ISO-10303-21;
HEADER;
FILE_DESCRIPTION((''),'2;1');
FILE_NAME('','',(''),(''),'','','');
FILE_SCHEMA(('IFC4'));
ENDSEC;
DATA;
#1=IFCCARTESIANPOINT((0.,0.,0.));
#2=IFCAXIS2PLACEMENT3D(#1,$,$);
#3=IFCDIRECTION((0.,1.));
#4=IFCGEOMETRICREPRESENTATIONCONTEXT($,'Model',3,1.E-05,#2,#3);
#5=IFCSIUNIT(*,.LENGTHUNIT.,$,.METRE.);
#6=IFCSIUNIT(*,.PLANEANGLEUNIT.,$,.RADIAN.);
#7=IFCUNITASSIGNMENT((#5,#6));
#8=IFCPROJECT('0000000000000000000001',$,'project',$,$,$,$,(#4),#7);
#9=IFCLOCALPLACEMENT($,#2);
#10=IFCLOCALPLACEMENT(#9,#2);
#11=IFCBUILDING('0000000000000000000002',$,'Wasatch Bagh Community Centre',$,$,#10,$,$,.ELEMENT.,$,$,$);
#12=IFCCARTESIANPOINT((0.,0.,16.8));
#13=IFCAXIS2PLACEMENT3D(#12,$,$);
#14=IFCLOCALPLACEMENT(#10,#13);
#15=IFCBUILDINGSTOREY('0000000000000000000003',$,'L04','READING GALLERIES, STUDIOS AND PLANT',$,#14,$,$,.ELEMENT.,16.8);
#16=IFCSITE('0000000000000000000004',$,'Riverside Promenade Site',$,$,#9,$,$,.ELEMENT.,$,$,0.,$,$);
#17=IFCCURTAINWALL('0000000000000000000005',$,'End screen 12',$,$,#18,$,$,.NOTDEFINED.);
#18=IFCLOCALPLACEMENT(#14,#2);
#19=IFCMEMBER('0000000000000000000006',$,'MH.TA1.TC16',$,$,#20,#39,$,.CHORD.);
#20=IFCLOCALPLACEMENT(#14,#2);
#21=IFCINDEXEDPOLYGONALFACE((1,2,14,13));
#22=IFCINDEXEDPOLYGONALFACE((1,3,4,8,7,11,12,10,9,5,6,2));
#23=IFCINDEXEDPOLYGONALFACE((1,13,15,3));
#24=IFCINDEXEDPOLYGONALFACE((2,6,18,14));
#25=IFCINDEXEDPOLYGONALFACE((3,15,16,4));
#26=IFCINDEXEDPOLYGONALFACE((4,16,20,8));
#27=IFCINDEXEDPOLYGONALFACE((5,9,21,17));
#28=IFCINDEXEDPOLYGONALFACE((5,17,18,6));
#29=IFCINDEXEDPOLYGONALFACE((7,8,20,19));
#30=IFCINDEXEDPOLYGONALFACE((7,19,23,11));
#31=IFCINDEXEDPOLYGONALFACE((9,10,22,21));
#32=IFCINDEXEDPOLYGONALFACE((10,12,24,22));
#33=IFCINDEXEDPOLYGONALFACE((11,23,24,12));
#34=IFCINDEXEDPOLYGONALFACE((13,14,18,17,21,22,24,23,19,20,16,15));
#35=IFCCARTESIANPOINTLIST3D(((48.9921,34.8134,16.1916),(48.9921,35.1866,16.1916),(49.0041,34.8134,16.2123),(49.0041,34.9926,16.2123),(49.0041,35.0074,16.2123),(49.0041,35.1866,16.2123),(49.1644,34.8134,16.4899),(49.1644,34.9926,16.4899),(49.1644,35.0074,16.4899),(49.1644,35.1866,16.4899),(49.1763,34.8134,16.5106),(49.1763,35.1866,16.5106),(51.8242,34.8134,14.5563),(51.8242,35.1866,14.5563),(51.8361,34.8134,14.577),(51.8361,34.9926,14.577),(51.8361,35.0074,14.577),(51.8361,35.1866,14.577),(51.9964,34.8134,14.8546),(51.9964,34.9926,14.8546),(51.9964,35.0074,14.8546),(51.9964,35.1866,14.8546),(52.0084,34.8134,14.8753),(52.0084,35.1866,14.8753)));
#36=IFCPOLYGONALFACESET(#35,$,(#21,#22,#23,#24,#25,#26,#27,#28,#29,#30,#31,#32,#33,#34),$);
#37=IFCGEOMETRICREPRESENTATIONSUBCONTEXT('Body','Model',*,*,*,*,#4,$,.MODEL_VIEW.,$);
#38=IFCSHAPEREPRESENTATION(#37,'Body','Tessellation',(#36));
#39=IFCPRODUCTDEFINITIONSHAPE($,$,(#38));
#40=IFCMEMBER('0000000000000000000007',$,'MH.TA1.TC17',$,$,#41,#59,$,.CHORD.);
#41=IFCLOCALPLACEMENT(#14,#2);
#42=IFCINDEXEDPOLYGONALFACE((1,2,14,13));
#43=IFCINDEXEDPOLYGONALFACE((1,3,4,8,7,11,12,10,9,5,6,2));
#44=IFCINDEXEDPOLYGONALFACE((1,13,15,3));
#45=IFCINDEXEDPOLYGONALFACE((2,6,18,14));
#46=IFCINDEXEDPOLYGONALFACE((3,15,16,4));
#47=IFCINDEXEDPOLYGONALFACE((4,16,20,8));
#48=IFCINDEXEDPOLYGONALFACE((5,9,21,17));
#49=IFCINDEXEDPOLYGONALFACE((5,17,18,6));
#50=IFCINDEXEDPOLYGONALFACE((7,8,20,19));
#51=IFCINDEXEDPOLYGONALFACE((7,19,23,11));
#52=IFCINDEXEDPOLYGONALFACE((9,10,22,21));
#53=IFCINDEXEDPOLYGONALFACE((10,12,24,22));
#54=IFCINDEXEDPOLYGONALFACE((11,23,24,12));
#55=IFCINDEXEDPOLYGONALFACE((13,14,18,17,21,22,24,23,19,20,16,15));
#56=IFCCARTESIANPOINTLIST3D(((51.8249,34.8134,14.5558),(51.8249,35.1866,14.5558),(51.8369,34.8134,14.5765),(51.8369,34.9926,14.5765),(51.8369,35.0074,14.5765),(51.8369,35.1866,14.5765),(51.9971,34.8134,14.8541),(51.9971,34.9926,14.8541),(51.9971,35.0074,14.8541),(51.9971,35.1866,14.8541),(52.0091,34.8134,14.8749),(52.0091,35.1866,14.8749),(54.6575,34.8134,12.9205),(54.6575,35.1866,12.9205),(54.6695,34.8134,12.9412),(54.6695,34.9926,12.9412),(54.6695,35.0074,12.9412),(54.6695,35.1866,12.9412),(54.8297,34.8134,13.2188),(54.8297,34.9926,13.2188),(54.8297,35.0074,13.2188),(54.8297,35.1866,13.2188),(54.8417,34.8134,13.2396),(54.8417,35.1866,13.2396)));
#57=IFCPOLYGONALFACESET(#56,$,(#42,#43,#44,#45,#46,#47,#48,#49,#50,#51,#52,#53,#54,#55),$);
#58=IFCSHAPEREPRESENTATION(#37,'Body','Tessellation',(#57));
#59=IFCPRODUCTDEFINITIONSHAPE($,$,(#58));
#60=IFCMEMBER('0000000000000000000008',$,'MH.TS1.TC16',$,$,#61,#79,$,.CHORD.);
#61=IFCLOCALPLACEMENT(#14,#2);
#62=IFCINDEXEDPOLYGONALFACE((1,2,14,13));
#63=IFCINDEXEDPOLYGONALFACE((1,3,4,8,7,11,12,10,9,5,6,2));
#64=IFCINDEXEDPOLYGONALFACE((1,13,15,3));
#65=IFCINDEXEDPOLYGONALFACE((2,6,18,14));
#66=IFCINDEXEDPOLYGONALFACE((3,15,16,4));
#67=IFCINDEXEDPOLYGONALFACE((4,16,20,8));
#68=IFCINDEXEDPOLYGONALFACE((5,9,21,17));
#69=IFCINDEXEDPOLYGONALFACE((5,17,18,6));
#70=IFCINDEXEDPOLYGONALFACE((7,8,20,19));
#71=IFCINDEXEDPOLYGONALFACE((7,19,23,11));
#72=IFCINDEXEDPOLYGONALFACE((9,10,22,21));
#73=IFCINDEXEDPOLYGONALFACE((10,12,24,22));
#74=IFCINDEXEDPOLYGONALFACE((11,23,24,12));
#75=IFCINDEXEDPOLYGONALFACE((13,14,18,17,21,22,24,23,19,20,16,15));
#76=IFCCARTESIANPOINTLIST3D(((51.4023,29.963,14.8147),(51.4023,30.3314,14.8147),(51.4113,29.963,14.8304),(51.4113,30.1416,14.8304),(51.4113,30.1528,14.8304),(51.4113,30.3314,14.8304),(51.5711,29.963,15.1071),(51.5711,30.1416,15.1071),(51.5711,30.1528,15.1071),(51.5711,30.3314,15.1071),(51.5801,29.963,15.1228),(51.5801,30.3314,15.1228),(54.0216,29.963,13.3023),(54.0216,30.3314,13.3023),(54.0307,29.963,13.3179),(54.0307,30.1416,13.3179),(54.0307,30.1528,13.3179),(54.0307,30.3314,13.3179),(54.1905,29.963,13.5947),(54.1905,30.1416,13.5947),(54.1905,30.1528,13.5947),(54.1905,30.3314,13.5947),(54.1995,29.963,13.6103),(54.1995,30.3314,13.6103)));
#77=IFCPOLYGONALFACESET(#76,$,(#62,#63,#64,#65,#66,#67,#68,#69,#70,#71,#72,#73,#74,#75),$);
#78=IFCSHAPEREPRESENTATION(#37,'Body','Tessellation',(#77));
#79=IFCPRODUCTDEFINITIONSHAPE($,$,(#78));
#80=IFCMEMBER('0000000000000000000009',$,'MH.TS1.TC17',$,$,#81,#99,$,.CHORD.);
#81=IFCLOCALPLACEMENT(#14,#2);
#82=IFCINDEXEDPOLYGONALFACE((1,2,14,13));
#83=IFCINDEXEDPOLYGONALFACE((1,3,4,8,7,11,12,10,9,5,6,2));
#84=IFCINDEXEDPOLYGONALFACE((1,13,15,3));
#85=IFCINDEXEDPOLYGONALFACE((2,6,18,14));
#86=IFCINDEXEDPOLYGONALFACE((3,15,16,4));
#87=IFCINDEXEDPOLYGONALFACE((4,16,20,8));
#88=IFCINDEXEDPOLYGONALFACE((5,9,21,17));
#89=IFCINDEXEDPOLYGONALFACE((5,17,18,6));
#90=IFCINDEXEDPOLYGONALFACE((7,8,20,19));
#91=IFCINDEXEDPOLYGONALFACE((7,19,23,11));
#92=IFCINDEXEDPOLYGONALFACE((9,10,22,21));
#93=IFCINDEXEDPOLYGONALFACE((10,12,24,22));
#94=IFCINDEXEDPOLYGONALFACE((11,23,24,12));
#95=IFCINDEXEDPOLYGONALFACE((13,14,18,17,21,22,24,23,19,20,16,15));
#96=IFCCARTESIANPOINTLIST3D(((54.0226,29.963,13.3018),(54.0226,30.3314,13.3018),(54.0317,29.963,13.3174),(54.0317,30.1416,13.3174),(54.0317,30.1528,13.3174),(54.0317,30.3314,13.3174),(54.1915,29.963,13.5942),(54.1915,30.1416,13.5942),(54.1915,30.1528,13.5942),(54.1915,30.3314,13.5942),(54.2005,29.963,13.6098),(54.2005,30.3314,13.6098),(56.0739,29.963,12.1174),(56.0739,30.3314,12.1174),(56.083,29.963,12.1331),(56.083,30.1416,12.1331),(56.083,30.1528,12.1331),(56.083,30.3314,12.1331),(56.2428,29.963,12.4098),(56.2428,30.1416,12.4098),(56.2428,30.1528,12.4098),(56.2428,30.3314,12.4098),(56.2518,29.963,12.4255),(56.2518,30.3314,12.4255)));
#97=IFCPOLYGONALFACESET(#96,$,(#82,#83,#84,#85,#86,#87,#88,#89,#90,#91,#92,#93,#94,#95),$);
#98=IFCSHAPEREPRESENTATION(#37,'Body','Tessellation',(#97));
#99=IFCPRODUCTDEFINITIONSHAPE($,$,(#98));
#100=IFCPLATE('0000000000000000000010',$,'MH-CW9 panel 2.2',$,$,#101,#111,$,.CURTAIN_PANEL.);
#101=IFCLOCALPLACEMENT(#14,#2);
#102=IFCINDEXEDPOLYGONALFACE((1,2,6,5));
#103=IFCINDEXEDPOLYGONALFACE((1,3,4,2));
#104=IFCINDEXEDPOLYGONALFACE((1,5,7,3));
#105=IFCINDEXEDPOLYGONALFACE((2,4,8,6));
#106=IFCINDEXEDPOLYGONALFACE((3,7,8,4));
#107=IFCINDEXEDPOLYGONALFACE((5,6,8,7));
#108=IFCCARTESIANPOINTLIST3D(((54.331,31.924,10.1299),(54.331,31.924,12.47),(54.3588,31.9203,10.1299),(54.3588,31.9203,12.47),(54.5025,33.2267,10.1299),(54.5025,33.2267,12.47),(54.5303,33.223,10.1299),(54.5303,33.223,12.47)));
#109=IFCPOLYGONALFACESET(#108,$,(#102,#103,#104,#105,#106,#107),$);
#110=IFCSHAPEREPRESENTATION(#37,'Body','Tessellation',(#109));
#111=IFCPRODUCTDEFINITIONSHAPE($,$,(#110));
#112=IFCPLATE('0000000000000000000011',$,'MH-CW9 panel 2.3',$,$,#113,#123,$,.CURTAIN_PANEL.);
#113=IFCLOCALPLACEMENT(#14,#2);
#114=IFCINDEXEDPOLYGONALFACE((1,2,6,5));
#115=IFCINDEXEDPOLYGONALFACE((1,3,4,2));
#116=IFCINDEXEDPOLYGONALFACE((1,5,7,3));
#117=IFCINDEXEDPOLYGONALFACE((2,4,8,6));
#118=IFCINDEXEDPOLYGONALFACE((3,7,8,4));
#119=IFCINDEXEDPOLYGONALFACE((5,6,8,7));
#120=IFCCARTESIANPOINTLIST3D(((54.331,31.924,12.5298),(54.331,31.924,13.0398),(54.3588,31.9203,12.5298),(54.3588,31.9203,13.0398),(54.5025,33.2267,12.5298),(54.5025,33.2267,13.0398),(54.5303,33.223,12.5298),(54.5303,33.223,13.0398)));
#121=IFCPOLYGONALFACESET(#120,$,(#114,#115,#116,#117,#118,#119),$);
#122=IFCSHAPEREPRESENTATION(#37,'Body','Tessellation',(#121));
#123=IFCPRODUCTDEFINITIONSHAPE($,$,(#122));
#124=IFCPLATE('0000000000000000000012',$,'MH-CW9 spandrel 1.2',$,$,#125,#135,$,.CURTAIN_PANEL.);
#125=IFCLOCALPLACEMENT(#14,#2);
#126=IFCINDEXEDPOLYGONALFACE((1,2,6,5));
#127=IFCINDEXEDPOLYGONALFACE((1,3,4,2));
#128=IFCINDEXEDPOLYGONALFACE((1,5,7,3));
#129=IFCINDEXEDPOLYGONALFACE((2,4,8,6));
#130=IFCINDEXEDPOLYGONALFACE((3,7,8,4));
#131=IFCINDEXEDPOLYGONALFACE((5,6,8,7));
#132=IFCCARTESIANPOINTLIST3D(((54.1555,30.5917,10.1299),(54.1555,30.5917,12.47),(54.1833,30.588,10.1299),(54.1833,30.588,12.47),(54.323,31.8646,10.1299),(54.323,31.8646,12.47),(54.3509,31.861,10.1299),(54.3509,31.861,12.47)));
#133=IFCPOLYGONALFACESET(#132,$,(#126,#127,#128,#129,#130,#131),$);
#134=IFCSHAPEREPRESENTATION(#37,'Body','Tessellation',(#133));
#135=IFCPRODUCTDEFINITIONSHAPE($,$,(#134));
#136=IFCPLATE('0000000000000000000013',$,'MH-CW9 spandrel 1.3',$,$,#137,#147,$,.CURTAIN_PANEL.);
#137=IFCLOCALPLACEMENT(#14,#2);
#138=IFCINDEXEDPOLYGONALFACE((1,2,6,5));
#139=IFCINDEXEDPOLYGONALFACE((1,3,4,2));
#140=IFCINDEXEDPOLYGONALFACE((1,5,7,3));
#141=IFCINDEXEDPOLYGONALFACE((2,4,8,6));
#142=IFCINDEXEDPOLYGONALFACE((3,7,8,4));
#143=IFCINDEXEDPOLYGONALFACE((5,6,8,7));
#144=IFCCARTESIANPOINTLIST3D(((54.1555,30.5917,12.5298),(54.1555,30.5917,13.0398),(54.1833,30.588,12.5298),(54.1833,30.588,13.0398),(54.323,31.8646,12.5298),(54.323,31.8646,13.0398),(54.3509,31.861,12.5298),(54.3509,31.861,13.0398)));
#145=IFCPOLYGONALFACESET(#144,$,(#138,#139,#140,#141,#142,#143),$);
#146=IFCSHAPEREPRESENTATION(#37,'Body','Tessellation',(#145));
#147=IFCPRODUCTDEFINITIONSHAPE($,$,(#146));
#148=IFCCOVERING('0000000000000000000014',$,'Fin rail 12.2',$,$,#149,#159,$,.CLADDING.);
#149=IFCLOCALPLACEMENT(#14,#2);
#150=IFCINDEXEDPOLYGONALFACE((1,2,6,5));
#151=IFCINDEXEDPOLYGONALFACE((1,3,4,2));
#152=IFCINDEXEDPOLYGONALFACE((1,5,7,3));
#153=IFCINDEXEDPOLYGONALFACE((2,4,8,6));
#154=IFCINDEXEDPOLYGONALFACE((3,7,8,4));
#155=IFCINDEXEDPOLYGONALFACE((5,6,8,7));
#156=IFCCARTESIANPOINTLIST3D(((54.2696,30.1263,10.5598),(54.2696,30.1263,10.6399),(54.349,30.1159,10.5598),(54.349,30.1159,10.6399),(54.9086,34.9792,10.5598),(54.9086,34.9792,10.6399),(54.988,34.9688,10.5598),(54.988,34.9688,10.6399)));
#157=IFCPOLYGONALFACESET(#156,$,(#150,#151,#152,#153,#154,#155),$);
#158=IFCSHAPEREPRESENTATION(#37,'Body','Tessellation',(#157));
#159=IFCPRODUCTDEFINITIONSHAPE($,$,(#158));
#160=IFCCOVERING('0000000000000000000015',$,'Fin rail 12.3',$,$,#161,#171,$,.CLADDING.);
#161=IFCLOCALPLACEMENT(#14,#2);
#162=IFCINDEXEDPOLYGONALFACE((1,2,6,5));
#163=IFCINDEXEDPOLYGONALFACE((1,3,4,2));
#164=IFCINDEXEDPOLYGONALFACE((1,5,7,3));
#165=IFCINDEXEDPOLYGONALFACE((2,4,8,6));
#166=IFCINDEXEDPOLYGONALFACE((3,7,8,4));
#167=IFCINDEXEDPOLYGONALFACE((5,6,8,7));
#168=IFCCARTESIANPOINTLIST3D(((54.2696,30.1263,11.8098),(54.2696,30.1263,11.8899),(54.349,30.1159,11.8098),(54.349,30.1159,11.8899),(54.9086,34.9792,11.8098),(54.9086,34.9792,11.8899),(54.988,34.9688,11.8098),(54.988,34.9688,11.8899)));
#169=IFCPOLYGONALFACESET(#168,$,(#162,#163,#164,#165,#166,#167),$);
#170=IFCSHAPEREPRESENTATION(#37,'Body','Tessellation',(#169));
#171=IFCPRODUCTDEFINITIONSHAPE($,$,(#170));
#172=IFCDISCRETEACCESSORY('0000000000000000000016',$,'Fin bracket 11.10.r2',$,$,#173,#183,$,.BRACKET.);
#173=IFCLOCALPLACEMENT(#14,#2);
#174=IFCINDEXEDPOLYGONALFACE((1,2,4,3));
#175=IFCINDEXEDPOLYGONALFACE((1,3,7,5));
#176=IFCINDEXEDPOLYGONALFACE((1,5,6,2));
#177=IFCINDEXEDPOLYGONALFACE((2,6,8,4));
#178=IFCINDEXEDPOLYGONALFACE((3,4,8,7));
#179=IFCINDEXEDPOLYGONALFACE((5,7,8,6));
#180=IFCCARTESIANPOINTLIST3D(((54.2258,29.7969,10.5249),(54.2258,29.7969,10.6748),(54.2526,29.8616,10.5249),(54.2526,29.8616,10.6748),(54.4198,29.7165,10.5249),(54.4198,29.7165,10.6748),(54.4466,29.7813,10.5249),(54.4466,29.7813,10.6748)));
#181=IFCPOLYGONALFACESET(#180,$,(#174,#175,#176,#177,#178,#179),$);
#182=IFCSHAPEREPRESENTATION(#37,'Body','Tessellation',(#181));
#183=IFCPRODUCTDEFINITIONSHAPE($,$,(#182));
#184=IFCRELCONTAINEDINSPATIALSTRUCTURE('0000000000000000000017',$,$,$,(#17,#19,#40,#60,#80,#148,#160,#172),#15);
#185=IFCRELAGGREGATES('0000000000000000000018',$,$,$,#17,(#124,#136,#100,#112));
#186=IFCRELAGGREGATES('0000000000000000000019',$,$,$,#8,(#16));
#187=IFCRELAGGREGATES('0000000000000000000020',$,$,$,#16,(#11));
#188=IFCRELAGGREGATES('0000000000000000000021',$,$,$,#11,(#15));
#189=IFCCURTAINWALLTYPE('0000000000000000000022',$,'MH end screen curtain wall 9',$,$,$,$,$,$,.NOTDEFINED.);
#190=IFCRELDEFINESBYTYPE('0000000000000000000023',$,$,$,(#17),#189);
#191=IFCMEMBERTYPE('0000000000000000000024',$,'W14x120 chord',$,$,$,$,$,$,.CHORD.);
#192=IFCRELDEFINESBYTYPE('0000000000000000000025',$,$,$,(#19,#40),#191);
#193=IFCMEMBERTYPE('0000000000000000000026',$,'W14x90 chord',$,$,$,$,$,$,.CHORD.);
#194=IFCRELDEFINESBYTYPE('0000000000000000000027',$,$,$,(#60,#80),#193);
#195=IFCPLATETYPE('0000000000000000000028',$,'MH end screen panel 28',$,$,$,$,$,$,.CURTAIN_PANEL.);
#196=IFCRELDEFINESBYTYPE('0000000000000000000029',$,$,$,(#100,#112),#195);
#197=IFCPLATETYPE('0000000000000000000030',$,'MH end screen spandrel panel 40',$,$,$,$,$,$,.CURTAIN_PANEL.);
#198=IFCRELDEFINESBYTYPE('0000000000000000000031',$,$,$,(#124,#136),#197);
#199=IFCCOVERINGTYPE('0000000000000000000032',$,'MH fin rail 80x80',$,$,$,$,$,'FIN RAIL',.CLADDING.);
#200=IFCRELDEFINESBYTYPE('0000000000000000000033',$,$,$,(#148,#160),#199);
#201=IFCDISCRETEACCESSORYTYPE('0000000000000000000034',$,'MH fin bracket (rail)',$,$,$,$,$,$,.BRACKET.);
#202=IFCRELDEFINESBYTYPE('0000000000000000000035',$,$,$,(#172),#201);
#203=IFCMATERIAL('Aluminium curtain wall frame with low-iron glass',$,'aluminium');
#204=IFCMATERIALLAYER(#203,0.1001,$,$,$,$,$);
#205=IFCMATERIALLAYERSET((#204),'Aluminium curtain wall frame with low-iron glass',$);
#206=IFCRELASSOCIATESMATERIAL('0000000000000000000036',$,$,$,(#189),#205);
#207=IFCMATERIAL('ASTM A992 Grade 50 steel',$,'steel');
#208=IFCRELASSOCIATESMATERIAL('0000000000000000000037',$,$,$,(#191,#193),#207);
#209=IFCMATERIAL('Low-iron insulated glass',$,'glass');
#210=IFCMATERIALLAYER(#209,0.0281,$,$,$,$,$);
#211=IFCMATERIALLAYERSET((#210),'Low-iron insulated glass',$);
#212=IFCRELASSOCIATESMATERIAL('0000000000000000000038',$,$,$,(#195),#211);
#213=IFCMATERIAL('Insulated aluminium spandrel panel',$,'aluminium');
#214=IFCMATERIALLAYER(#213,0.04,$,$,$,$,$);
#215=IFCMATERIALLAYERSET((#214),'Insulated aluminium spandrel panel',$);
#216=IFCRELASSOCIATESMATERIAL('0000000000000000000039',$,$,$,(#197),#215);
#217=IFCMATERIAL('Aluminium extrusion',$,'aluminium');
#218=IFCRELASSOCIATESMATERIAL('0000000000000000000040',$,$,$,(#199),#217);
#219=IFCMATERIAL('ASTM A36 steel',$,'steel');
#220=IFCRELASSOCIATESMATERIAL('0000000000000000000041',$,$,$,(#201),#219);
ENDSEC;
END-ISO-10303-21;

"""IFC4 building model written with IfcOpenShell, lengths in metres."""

from ifc_helpers import new_model, si_unit, direction, frame, origin, origin_2d, place, context, subcontext, project, spatial, rectangle, i_section, extrude, material, layer, layer_set, material_profile, profile_set, type_object, element, aggregate, save


model = new_model("IFC4")

# Units and contexts
model_context = context("Model", 3, precision=1e-05, world=origin(), true_north=direction((0.0, 1.0)))
body_context = subcontext(model_context, "Body", "Model", "MODEL_VIEW")
ifc_project = project(units=[si_unit("LENGTHUNIT", "METRE"), si_unit("PLANEANGLEUNIT", "RADIAN")], contexts=[model_context])

# Site, building, storey
site_placement = place(None, origin())
site = spatial("IfcSite", under=ifc_project, at=site_placement, Name="Riverside Promenade Site", CompositionType="ELEMENT", RefElevation=0.0)
building_placement = place(site_placement, origin())
building = spatial("IfcBuilding", under=site, at=building_placement, Name="Wasatch Bagh Community Centre", CompositionType="ELEMENT")
storey_placement = place(building_placement, frame((0.0, 0.0, 16.8)))
storey = spatial("IfcBuildingStorey", under=building, at=storey_placement, Name="L04", Description="READING GALLERIES, STUDIOS AND PLANT", CompositionType="ELEMENT", Elevation=16.8)

# Curtain wall
ifc_material_1 = material(Name="Aluminium curtain wall frame with low-iron glass", Category="aluminium")
ifc_layer_1 = layer(ifc_material_1, 0.1001)
ifc_layer_set_1 = layer_set([ifc_layer_1], Name="Aluminium curtain wall frame with low-iron glass")
curtain_wall_type = type_object("IfcCurtainWallType", Name="MH end screen curtain wall 9", PredefinedType="NOTDEFINED", material=ifc_layer_set_1)
curtain_wall_placement = place(storey_placement, origin())
curtain_wall = element("IfcCurtainWall", 1, at=curtain_wall_placement, inside=storey, type_object=curtain_wall_type, Name="End screen 12", PredefinedType="NOTDEFINED")
ifc_material_2 = material(Name="Aluminium extrusion", Category="aluminium")

# Members
ifc_material_3 = material(Name="ASTM A992 Grade 50 steel", Category="steel")
ifc_material_profile_1 = material_profile(ifc_material_3, i_section(OverallWidth=0.3733, OverallDepth=0.3684, WebThickness=0.0149, FlangeThickness=0.0239, at=origin_2d()), Name="W14x120")
ifc_profile_set_1 = profile_set([ifc_material_profile_1], Name="ASTM A992 Grade 50 steel")
member_type_1 = type_object("IfcMemberType", Name="W14x120 chord", PredefinedType="CHORD", material=ifc_profile_set_1)
member_1_placement = place(storey_placement, frame((49.0842, 35.0, 16.3511), z_axis=(0.866002, 0.0, -0.500041), x_axis=(0.0, 1.0, 0.0)))
element("IfcMember", 2, at=member_1_placement, inside=storey, type_object=member_type_1, Name="MH.TA1.TC16", PredefinedType="CHORD", context=body_context, shape_type="SweptSolid", body=[
    extrude(i_section(OverallWidth=0.3733, OverallDepth=0.3684, WebThickness=0.0149, FlangeThickness=0.0239, at=origin_2d()), origin(), (0.0, 0.0, 1.0), 3.2703),
])
member_2_placement = place(storey_placement, frame((51.917, 35.0, 14.7153), z_axis=(0.866039, 0.0, -0.499977), x_axis=(0.0, 1.0, 0.0)))
element("IfcMember", 3, at=member_2_placement, inside=storey, type_object=member_type_1, Name="MH.TA1.TC17", PredefinedType="CHORD", context=body_context, shape_type="SweptSolid", body=[
    extrude(i_section(OverallWidth=0.3733, OverallDepth=0.3684, WebThickness=0.0149, FlangeThickness=0.0239, at=origin_2d()), origin(), (0.0, 0.0, 1.0), 3.2708),
])
ifc_material_profile_2 = material_profile(ifc_material_3, i_section(OverallWidth=0.3684, OverallDepth=0.3557, WebThickness=0.0112, FlangeThickness=0.0181, at=origin_2d()), Name="W14x90")
ifc_profile_set_2 = profile_set([ifc_material_profile_2], Name="ASTM A992 Grade 50 steel")
member_type_2 = type_object("IfcMemberType", Name="W14x90 chord", PredefinedType="CHORD", material=ifc_profile_set_2)
member_3_placement = place(storey_placement, frame((51.4912, 30.1472, 14.9688), z_axis=(0.866004, 0.0, -0.500037), x_axis=(0.0, 1.0, 0.0)))
element("IfcMember", 4, at=member_3_placement, inside=storey, type_object=member_type_2, Name="MH.TS1.TC16", PredefinedType="CHORD", context=body_context, shape_type="SweptSolid", body=[
    extrude(i_section(OverallWidth=0.3684, OverallDepth=0.3557, WebThickness=0.0112, FlangeThickness=0.0181, at=origin_2d()), origin(), (0.0, 0.0, 1.0), 3.0247),
])
member_4_placement = place(storey_placement, frame((54.1116, 30.1472, 13.4558), z_axis=(0.866021, 0.0, -0.500008), x_axis=(0.0, 1.0, 0.0)))
element("IfcMember", 5, at=member_4_placement, inside=storey, type_object=member_type_2, Name="MH.TS1.TC17", PredefinedType="CHORD", context=body_context, shape_type="SweptSolid", body=[
    extrude(i_section(OverallWidth=0.3684, OverallDepth=0.3557, WebThickness=0.0112, FlangeThickness=0.0181, at=origin_2d()), origin(), (0.0, 0.0, 1.0), 2.3687),
])

# Plates
ifc_material_4 = material(Name="Low-iron insulated glass", Category="glass")
ifc_layer_2 = layer(ifc_material_4, 0.0281)
ifc_layer_set_2 = layer_set([ifc_layer_2], Name="Low-iron insulated glass")
plate_type_1 = type_object("IfcPlateType", Name="MH end screen panel 28", PredefinedType="CURTAIN_PANEL", material=ifc_layer_set_2)
plate_1_placement = place(storey_placement, frame((54.4307, 32.5735, 10.1299), z_axis=(0.0, 0.0, 1.0), x_axis=(0.130526, 0.991445, 0.0)))
plate_1 = element("IfcPlate", 6, at=plate_1_placement, type_object=plate_type_1, Name="MH-CW9 panel 2.2", PredefinedType="CURTAIN_PANEL", context=body_context, shape_type="SweptSolid", body=[
    extrude(rectangle(XDim=1.314, YDim=0.0281, at=origin_2d()), origin(), (0.0, 0.0, 1.0), 2.3401),
])
plate_2_placement = place(storey_placement, frame((54.4307, 32.5735, 12.5298), z_axis=(0.0, 0.0, 1.0), x_axis=(0.130526, 0.991445, 0.0)))
plate_2 = element("IfcPlate", 7, at=plate_2_placement, type_object=plate_type_1, Name="MH-CW9 panel 2.3", PredefinedType="CURTAIN_PANEL", context=body_context, shape_type="SweptSolid", body=[
    extrude(rectangle(XDim=1.314, YDim=0.0281, at=origin_2d()), origin(), (0.0, 0.0, 1.0), 0.51),
])
ifc_material_5 = material(Name="Insulated aluminium spandrel panel", Category="aluminium")
ifc_layer_3 = layer(ifc_material_5, 0.04)
ifc_layer_set_3 = layer_set([ifc_layer_3], Name="Insulated aluminium spandrel panel")
plate_type_2 = type_object("IfcPlateType", Name="MH end screen spandrel panel 40", PredefinedType="CURTAIN_PANEL", material=ifc_layer_set_3)
plate_3_placement = place(storey_placement, frame((54.2532, 31.2263, 10.1299), z_axis=(0.0, 0.0, 1.0), x_axis=(0.130526, 0.991445, 0.0)))
plate_3 = element("IfcPlate", 8, at=plate_3_placement, type_object=plate_type_2, Name="MH-CW9 spandrel 1.2", PredefinedType="CURTAIN_PANEL", context=body_context, shape_type="SweptSolid", body=[
    extrude(rectangle(XDim=1.2839, YDim=0.0281, at=origin_2d()), origin(), (0.0, 0.0, 1.0), 2.3401),
])
plate_4_placement = place(storey_placement, frame((54.2532, 31.2263, 12.5298), z_axis=(0.0, 0.0, 1.0), x_axis=(0.130526, 0.991445, 0.0)))
plate_4 = element("IfcPlate", 9, at=plate_4_placement, type_object=plate_type_2, Name="MH-CW9 spandrel 1.3", PredefinedType="CURTAIN_PANEL", context=body_context, shape_type="SweptSolid", body=[
    extrude(rectangle(XDim=1.2839, YDim=0.0281, at=origin_2d()), origin(), (0.0, 0.0, 1.0), 0.51),
])
aggregate(curtain_wall, [plate_3, plate_4, plate_1, plate_2])

# Coverings
ifc_material_profile_3 = material_profile(ifc_material_2, rectangle(XDim=0.0801, YDim=0.0801, at=origin_2d()), Name="AL 80x80")
ifc_profile_set_3 = profile_set([ifc_material_profile_3], Name="Aluminium extrusion")
covering_type = type_object("IfcCoveringType", Name="MH fin rail 80x80", ElementType="FIN RAIL", PredefinedType="CLADDING", material=ifc_profile_set_3)
for number, where, z_axis, x_axis, name in (
    (10, (54.3093, 30.1211, 10.5999), (0.130533, 0.991444, 0.0), (-0.991444, 0.130533, 0.0), "Fin rail 12.2"),
    (11, (54.3093, 30.1211, 11.8499), (0.130533, 0.991444, 0.0), (-0.991444, 0.130533, 0.0), "Fin rail 12.3"),
):
    element("IfcCovering", number, at=place(storey_placement, frame(where, z_axis=z_axis, x_axis=x_axis)), inside=storey, type_object=covering_type, Name=name, PredefinedType="CLADDING", context=body_context, shape_type="SweptSolid", body=[
        extrude(rectangle(XDim=0.0801, YDim=0.0801, at=origin_2d()), origin(), (0.0, 0.0, 1.0), 4.8948),
    ])

# Discrete accessory
ifc_material_6 = material(Name="ASTM A36 steel", Category="steel")
discrete_accessory_type_1 = type_object("IfcDiscreteAccessoryType", Name="MH fin bracket (rail)", PredefinedType="BRACKET", material=ifc_material_6)
for number, where, z_axis, x_axis, name in (
    (12, (54.3362, 29.7891, 10.5249), (0.0, 0.0, 1.0), (0.382683, 0.92388, 0.0), "Fin bracket 11.10.r2"),
):
    element("IfcDiscreteAccessory", number, at=place(storey_placement, frame(where, z_axis=z_axis, x_axis=x_axis)), inside=storey, type_object=discrete_accessory_type_1, Name=name, PredefinedType="BRACKET", context=body_context, shape_type="SweptSolid", body=[
        extrude(rectangle(XDim=0.0701, YDim=0.21, at=origin_2d()), origin(), (0.0, 0.0, 1.0), 0.1499),
    ])

save(model, "model.ifc")
